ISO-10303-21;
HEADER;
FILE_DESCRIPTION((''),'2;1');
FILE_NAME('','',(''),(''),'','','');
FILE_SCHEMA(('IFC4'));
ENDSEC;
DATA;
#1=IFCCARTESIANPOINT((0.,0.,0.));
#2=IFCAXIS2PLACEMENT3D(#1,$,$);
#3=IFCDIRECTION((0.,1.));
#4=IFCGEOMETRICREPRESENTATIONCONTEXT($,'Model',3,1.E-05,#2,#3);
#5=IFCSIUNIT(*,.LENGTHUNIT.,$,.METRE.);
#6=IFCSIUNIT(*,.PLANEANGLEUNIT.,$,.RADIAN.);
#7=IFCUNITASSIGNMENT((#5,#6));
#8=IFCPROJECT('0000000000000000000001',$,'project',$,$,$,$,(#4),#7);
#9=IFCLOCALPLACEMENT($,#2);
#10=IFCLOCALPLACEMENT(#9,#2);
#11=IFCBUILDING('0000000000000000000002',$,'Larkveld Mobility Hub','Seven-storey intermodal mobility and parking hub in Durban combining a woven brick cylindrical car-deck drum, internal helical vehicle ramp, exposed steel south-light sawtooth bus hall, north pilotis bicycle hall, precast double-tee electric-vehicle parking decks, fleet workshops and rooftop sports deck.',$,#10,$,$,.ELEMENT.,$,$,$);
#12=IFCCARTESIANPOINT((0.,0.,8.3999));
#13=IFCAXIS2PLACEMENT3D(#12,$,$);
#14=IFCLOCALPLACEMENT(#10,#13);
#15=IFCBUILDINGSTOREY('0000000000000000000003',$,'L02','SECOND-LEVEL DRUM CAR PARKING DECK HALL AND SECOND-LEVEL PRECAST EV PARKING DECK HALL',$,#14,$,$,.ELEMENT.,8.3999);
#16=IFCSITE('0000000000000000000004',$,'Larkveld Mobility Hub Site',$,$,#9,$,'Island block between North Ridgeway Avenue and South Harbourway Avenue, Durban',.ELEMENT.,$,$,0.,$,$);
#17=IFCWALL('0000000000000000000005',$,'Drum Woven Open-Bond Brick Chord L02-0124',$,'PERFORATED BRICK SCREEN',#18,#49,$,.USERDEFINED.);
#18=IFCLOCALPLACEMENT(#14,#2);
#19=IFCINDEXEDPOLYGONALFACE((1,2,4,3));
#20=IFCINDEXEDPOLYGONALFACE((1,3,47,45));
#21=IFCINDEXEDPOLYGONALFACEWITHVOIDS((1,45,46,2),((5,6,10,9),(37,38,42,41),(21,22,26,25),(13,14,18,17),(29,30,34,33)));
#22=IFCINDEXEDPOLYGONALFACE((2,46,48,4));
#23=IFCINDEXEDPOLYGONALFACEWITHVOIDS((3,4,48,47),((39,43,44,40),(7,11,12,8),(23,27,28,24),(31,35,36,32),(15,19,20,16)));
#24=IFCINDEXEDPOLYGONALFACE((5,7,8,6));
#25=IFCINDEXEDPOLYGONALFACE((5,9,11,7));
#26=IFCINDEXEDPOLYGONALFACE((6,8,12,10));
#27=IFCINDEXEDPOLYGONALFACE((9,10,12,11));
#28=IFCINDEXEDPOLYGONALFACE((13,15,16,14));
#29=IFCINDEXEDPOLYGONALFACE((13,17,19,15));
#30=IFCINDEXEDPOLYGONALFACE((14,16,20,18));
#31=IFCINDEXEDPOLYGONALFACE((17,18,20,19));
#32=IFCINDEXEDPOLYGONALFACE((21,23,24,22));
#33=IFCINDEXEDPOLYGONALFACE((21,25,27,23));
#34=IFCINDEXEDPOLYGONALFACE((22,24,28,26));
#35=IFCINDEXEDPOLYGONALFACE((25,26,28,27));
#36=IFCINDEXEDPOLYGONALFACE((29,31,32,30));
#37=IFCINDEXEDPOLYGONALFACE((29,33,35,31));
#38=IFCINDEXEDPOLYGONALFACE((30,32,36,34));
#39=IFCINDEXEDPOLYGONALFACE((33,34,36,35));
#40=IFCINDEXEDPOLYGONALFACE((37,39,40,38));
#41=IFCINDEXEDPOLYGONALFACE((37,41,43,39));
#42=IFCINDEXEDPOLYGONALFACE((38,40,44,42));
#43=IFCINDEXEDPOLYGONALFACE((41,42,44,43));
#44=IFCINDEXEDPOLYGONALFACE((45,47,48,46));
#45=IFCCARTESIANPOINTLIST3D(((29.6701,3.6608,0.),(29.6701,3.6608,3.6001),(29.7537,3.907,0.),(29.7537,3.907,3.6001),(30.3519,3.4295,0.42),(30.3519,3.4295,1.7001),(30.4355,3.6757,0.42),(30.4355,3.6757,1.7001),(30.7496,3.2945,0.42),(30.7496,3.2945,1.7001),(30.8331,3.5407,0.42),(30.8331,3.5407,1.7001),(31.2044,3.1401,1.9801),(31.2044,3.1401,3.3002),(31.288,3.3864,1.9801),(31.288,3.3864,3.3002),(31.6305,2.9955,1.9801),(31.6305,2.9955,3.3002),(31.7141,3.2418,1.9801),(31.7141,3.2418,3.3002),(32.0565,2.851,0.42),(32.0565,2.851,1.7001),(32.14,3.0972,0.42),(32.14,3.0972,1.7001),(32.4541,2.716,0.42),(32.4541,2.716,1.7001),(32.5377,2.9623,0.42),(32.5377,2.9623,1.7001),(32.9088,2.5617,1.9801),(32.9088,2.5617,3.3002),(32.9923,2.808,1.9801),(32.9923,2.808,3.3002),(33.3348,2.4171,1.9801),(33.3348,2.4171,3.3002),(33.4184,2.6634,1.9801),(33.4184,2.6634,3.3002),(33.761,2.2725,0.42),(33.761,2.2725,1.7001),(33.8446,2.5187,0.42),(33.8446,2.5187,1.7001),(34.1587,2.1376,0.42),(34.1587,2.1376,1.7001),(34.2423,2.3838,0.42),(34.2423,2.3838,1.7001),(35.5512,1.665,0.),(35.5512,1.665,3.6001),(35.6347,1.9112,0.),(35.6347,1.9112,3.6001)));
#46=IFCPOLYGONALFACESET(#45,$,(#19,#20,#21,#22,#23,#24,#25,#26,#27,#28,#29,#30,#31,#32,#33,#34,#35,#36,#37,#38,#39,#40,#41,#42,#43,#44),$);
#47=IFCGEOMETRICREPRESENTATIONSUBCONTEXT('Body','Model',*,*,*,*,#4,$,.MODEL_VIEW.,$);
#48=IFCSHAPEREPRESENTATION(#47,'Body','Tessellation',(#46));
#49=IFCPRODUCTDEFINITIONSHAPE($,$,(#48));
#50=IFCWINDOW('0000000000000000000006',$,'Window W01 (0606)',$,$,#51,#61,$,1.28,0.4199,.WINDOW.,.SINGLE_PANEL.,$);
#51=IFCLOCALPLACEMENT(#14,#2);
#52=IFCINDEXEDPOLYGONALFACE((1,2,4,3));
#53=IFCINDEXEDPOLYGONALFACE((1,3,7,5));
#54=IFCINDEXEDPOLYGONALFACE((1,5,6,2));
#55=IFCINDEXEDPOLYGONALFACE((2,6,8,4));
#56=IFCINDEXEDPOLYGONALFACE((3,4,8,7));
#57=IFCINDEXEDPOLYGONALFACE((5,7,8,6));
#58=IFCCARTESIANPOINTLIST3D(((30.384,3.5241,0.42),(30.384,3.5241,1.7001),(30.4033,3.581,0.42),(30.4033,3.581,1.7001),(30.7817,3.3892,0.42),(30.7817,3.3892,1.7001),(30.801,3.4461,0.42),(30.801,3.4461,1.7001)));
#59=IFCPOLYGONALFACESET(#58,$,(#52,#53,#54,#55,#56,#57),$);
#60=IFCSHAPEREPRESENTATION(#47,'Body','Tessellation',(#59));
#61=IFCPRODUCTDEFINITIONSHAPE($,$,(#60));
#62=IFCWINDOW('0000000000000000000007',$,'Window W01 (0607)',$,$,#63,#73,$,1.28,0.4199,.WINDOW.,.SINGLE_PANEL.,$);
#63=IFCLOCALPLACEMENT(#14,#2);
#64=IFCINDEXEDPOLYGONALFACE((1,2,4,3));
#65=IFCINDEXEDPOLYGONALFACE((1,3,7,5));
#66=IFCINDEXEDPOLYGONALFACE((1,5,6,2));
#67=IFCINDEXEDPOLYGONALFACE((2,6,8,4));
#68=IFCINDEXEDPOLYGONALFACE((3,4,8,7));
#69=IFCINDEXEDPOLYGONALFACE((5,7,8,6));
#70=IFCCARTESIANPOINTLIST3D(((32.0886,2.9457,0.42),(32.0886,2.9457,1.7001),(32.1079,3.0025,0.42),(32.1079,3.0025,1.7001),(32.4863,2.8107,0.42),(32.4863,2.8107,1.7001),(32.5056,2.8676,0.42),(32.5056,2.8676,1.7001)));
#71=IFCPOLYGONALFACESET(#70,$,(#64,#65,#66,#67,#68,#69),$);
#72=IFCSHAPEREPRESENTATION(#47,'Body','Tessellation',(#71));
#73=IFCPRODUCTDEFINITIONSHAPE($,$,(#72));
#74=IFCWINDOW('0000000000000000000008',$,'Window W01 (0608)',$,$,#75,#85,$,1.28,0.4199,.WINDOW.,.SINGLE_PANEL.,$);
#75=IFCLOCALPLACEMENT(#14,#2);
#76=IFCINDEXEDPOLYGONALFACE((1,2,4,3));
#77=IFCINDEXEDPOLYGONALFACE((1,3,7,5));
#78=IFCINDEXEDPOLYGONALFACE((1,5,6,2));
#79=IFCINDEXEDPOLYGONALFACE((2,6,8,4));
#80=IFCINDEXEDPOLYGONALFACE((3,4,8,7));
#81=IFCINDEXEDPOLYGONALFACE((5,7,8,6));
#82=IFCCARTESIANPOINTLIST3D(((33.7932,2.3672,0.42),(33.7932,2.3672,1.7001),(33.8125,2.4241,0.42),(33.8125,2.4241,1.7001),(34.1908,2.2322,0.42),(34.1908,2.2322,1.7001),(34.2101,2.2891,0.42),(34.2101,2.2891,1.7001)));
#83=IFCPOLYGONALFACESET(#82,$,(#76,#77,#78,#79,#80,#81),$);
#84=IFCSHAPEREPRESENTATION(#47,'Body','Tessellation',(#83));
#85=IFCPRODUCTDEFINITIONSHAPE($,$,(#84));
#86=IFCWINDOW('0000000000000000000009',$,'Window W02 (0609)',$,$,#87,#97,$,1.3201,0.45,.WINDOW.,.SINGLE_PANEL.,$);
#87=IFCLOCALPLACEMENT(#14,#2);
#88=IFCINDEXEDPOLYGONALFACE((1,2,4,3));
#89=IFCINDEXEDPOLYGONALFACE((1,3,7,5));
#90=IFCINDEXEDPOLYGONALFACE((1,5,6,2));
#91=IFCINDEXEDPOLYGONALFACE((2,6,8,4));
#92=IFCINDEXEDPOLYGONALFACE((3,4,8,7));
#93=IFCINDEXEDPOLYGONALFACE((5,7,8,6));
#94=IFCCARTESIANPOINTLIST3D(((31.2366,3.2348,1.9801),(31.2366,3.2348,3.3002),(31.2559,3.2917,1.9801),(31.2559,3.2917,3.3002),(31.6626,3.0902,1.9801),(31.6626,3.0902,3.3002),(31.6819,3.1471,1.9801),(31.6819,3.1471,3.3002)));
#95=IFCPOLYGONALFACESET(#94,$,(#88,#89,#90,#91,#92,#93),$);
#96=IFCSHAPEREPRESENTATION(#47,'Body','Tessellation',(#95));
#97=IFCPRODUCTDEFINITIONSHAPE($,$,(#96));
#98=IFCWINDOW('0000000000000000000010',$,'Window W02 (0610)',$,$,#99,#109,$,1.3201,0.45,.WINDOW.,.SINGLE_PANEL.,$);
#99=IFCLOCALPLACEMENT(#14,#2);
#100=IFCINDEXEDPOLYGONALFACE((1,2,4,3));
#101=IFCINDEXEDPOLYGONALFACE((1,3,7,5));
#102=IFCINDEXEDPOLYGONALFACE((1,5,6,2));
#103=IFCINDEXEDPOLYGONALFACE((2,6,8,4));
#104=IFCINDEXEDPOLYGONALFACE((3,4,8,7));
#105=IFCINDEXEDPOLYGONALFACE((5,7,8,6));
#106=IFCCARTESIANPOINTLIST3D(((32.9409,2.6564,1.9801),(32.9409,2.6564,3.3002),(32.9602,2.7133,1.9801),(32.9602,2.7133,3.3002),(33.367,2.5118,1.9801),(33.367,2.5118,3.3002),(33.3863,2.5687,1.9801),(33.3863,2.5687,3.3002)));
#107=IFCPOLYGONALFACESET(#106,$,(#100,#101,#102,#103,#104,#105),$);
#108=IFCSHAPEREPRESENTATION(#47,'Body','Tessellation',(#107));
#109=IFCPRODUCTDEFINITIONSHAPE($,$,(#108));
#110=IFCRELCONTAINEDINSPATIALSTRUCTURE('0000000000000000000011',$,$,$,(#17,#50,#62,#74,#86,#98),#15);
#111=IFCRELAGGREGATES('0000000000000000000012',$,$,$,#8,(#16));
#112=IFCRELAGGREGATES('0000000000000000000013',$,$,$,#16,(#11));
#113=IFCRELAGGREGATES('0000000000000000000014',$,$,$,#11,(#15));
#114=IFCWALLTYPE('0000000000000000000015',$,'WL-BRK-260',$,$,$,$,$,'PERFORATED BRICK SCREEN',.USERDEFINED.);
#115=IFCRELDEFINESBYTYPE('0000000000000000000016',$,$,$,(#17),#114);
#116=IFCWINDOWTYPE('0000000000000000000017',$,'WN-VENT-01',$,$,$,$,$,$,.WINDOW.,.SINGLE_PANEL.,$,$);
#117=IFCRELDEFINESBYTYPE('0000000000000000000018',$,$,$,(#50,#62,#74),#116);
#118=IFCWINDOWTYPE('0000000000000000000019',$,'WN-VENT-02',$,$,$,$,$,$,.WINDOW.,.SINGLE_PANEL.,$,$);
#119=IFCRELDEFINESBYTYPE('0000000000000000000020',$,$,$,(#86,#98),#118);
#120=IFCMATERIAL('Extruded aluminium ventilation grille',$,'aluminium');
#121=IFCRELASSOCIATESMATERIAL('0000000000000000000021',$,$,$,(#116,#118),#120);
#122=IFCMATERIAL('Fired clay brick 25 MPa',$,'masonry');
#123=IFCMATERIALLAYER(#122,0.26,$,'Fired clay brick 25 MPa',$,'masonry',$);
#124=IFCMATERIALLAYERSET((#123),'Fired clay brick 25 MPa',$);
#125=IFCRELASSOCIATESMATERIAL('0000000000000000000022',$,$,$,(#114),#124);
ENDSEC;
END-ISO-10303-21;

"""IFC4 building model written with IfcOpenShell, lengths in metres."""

from ifc_helpers import new_model, si_unit, direction, frame, frame_2d, origin, place, context, subcontext, project, spatial, rectangle, extrude, material, layer, layer_set, type_object, element, fill, save


model = new_model("IFC4")

# Units and contexts
model_context = context("Model", 3, precision=1e-05, world=origin(), true_north=direction((0.0, 1.0)))
body_context = subcontext(model_context, "Body", "Model", "MODEL_VIEW")
ifc_project = project(units=[si_unit("LENGTHUNIT", "METRE"), si_unit("PLANEANGLEUNIT", "RADIAN")], contexts=[model_context])

# Site, building, storey
site_placement = place(None, origin())
site = spatial("IfcSite", under=ifc_project, at=site_placement, Name="Larkveld Mobility Hub Site", LongName="Island block between North Ridgeway Avenue and South Harbourway Avenue, Durban", CompositionType="ELEMENT", RefElevation=0.0)
building_placement = place(site_placement, origin())
building = spatial("IfcBuilding", under=site, at=building_placement, Name="Larkveld Mobility Hub", Description="Seven-storey intermodal mobility and parking hub in Durban combining a woven brick cylindrical car-deck drum, internal helical vehicle ramp, exposed steel south-light sawtooth bus hall, north pilotis bicycle hall, precast double-tee electric-vehicle parking decks, fleet workshops and rooftop sports deck.", CompositionType="ELEMENT")
storey_placement = place(building_placement, frame((0.0, 0.0, 8.3999)))
storey = spatial("IfcBuildingStorey", under=building, at=storey_placement, Name="L02", Description="SECOND-LEVEL DRUM CAR PARKING DECK HALL AND SECOND-LEVEL PRECAST EV PARKING DECK HALL", CompositionType="ELEMENT", Elevation=8.3999)

# Wall, openings, windows
ifc_material_1 = material(Name="Fired clay brick 25 MPa", Category="masonry")
ifc_material_2 = material(Name="Extruded aluminium ventilation grille", Category="aluminium")
window_type_1 = type_object("IfcWindowType", Name="WN-VENT-01", PartitioningType="SINGLE_PANEL", PredefinedType="WINDOW", material=ifc_material_2)
ifc_layer_1 = layer(ifc_material_1, 0.26, Name="Fired clay brick 25 MPa", Category="masonry")
ifc_layer_set_1 = layer_set([ifc_layer_1], Name="Fired clay brick 25 MPa")
wall_type_1 = type_object("IfcWallType", Name="WL-BRK-260", ElementType="PERFORATED BRICK SCREEN", PredefinedType="USERDEFINED", material=ifc_layer_set_1)
wall_1_placement = place(storey_placement, frame((29.7119, 3.7839, 0.0), z_axis=(0.0, 0.0, 1.0), x_axis=(0.946955, -0.321365, 0.0)))
wall_1 = element("IfcWall", 1, at=wall_1_placement, inside=storey, type_object=wall_type_1, Name="Drum Woven Open-Bond Brick Chord L02-0124", ObjectType="PERFORATED BRICK SCREEN", PredefinedType="USERDEFINED", context=body_context, shape_type="SweptSolid", body=[
    extrude(rectangle(XDim=6.2104, YDim=0.26, at=frame_2d((3.1052, 0.0))), origin(), (0.0, 0.0, 1.0), 3.6001),
])
opening_1_placement = place(wall_1_placement, frame((0.72, 0.0, 0.4199)))
opening_1 = element("IfcOpeningElement", 2, at=opening_1_placement, cuts=wall_1, PredefinedType="OPENING", context=body_context, shape_type="SweptSolid", body=[
    extrude(rectangle(XDim=0.4199, YDim=1.28, at=frame_2d((0.21, 0.6401))), frame((0.0, 0.1401, 0.0), z_axis=(0.0, -1.0, 0.0), x_axis=(1.0, 0.0, 0.0)), (0.0, 0.0, 1.0), 0.28),
])
opening_2_placement = place(wall_1_placement, frame((2.52, 0.0, 0.4199)))
opening_2 = element("IfcOpeningElement", 3, at=opening_2_placement, cuts=wall_1, PredefinedType="OPENING", context=body_context, shape_type="SweptSolid", body=[
    extrude(rectangle(XDim=0.4199, YDim=1.28, at=frame_2d((0.21, 0.6401))), frame((0.0, 0.1401, 0.0), z_axis=(0.0, -1.0, 0.0), x_axis=(1.0, 0.0, 0.0)), (0.0, 0.0, 1.0), 0.28),
])
opening_3_placement = place(wall_1_placement, frame((4.3201, 0.0, 0.4199)))
opening_3 = element("IfcOpeningElement", 4, at=opening_3_placement, cuts=wall_1, PredefinedType="OPENING", context=body_context, shape_type="SweptSolid", body=[
    extrude(rectangle(XDim=0.4199, YDim=1.28, at=frame_2d((0.21, 0.6401))), frame((0.0, 0.1401, 0.0), z_axis=(0.0, -1.0, 0.0), x_axis=(1.0, 0.0, 0.0)), (0.0, 0.0, 1.0), 0.28),
])
opening_4_placement = place(wall_1_placement, frame((1.6201, 0.0, 1.98)))
opening_4 = element("IfcOpeningElement", 5, at=opening_4_placement, cuts=wall_1, PredefinedType="OPENING", context=body_context, shape_type="SweptSolid", body=[
    extrude(rectangle(XDim=0.45, YDim=1.3201, at=frame_2d((0.2251, 0.6602))), frame((0.0, 0.1401, 0.0), z_axis=(0.0, -1.0, 0.0), x_axis=(1.0, 0.0, 0.0)), (0.0, 0.0, 1.0), 0.28),
])
opening_5_placement = place(wall_1_placement, frame((3.4199, 0.0, 1.98)))
opening_5 = element("IfcOpeningElement", 6, at=opening_5_placement, cuts=wall_1, PredefinedType="OPENING", context=body_context, shape_type="SweptSolid", body=[
    extrude(rectangle(XDim=0.45, YDim=1.3201, at=frame_2d((0.2251, 0.6602))), frame((0.0, 0.1401, 0.0), z_axis=(0.0, -1.0, 0.0), x_axis=(1.0, 0.0, 0.0)), (0.0, 0.0, 1.0), 0.28),
])
window_1_placement = place(opening_1_placement, origin())
window_1 = element("IfcWindow", 7, at=window_1_placement, inside=storey, type_object=window_type_1, Name="Window W01 (0606)", OverallHeight=1.28, OverallWidth=0.4199, PartitioningType="SINGLE_PANEL", PredefinedType="WINDOW", context=body_context, shape_type="SweptSolid", body=[
    extrude(rectangle(XDim=0.4199, YDim=1.28, at=frame_2d((0.21, 0.6401))), frame((0.0, 0.03, 0.0), z_axis=(0.0, -1.0, 0.0), x_axis=(1.0, 0.0, 0.0)), (0.0, 0.0, 1.0), 0.0601),
])
fill(opening_1, window_1)
window_2_placement = place(opening_2_placement, origin())
window_2 = element("IfcWindow", 8, at=window_2_placement, inside=storey, type_object=window_type_1, Name="Window W01 (0607)", OverallHeight=1.28, OverallWidth=0.4199, PartitioningType="SINGLE_PANEL", PredefinedType="WINDOW", context=body_context, shape_type="SweptSolid", body=[
    extrude(rectangle(XDim=0.4199, YDim=1.28, at=frame_2d((0.21, 0.6401))), frame((0.0, 0.03, 0.0), z_axis=(0.0, -1.0, 0.0), x_axis=(1.0, 0.0, 0.0)), (0.0, 0.0, 1.0), 0.0601),
])
fill(opening_2, window_2)
window_3_placement = place(opening_3_placement, origin())
window_3 = element("IfcWindow", 9, at=window_3_placement, inside=storey, type_object=window_type_1, Name="Window W01 (0608)", OverallHeight=1.28, OverallWidth=0.4199, PartitioningType="SINGLE_PANEL", PredefinedType="WINDOW", context=body_context, shape_type="SweptSolid", body=[
    extrude(rectangle(XDim=0.4199, YDim=1.28, at=frame_2d((0.21, 0.6401))), frame((0.0, 0.03, 0.0), z_axis=(0.0, -1.0, 0.0), x_axis=(1.0, 0.0, 0.0)), (0.0, 0.0, 1.0), 0.0601),
])
fill(opening_3, window_3)
window_type_2 = type_object("IfcWindowType", Name="WN-VENT-02", PartitioningType="SINGLE_PANEL", PredefinedType="WINDOW", material=ifc_material_2)
window_4_placement = place(opening_4_placement, origin())
window_4 = element("IfcWindow", 10, at=window_4_placement, inside=storey, type_object=window_type_2, Name="Window W02 (0609)", OverallHeight=1.3201, OverallWidth=0.45, PartitioningType="SINGLE_PANEL", PredefinedType="WINDOW", context=body_context, shape_type="SweptSolid", body=[
    extrude(rectangle(XDim=0.45, YDim=1.3201, at=frame_2d((0.2251, 0.6602))), frame((0.0, 0.03, 0.0), z_axis=(0.0, -1.0, 0.0), x_axis=(1.0, 0.0, 0.0)), (0.0, 0.0, 1.0), 0.0601),
])
fill(opening_4, window_4)
window_5_placement = place(opening_5_placement, origin())
window_5 = element("IfcWindow", 11, at=window_5_placement, inside=storey, type_object=window_type_2, Name="Window W02 (0610)", OverallHeight=1.3201, OverallWidth=0.45, PartitioningType="SINGLE_PANEL", PredefinedType="WINDOW", context=body_context, shape_type="SweptSolid", body=[
    extrude(rectangle(XDim=0.45, YDim=1.3201, at=frame_2d((0.2251, 0.6602))), frame((0.0, 0.03, 0.0), z_axis=(0.0, -1.0, 0.0), x_axis=(1.0, 0.0, 0.0)), (0.0, 0.0, 1.0), 0.0601),
])
fill(opening_5, window_5)

save(model, "model.ifc")
